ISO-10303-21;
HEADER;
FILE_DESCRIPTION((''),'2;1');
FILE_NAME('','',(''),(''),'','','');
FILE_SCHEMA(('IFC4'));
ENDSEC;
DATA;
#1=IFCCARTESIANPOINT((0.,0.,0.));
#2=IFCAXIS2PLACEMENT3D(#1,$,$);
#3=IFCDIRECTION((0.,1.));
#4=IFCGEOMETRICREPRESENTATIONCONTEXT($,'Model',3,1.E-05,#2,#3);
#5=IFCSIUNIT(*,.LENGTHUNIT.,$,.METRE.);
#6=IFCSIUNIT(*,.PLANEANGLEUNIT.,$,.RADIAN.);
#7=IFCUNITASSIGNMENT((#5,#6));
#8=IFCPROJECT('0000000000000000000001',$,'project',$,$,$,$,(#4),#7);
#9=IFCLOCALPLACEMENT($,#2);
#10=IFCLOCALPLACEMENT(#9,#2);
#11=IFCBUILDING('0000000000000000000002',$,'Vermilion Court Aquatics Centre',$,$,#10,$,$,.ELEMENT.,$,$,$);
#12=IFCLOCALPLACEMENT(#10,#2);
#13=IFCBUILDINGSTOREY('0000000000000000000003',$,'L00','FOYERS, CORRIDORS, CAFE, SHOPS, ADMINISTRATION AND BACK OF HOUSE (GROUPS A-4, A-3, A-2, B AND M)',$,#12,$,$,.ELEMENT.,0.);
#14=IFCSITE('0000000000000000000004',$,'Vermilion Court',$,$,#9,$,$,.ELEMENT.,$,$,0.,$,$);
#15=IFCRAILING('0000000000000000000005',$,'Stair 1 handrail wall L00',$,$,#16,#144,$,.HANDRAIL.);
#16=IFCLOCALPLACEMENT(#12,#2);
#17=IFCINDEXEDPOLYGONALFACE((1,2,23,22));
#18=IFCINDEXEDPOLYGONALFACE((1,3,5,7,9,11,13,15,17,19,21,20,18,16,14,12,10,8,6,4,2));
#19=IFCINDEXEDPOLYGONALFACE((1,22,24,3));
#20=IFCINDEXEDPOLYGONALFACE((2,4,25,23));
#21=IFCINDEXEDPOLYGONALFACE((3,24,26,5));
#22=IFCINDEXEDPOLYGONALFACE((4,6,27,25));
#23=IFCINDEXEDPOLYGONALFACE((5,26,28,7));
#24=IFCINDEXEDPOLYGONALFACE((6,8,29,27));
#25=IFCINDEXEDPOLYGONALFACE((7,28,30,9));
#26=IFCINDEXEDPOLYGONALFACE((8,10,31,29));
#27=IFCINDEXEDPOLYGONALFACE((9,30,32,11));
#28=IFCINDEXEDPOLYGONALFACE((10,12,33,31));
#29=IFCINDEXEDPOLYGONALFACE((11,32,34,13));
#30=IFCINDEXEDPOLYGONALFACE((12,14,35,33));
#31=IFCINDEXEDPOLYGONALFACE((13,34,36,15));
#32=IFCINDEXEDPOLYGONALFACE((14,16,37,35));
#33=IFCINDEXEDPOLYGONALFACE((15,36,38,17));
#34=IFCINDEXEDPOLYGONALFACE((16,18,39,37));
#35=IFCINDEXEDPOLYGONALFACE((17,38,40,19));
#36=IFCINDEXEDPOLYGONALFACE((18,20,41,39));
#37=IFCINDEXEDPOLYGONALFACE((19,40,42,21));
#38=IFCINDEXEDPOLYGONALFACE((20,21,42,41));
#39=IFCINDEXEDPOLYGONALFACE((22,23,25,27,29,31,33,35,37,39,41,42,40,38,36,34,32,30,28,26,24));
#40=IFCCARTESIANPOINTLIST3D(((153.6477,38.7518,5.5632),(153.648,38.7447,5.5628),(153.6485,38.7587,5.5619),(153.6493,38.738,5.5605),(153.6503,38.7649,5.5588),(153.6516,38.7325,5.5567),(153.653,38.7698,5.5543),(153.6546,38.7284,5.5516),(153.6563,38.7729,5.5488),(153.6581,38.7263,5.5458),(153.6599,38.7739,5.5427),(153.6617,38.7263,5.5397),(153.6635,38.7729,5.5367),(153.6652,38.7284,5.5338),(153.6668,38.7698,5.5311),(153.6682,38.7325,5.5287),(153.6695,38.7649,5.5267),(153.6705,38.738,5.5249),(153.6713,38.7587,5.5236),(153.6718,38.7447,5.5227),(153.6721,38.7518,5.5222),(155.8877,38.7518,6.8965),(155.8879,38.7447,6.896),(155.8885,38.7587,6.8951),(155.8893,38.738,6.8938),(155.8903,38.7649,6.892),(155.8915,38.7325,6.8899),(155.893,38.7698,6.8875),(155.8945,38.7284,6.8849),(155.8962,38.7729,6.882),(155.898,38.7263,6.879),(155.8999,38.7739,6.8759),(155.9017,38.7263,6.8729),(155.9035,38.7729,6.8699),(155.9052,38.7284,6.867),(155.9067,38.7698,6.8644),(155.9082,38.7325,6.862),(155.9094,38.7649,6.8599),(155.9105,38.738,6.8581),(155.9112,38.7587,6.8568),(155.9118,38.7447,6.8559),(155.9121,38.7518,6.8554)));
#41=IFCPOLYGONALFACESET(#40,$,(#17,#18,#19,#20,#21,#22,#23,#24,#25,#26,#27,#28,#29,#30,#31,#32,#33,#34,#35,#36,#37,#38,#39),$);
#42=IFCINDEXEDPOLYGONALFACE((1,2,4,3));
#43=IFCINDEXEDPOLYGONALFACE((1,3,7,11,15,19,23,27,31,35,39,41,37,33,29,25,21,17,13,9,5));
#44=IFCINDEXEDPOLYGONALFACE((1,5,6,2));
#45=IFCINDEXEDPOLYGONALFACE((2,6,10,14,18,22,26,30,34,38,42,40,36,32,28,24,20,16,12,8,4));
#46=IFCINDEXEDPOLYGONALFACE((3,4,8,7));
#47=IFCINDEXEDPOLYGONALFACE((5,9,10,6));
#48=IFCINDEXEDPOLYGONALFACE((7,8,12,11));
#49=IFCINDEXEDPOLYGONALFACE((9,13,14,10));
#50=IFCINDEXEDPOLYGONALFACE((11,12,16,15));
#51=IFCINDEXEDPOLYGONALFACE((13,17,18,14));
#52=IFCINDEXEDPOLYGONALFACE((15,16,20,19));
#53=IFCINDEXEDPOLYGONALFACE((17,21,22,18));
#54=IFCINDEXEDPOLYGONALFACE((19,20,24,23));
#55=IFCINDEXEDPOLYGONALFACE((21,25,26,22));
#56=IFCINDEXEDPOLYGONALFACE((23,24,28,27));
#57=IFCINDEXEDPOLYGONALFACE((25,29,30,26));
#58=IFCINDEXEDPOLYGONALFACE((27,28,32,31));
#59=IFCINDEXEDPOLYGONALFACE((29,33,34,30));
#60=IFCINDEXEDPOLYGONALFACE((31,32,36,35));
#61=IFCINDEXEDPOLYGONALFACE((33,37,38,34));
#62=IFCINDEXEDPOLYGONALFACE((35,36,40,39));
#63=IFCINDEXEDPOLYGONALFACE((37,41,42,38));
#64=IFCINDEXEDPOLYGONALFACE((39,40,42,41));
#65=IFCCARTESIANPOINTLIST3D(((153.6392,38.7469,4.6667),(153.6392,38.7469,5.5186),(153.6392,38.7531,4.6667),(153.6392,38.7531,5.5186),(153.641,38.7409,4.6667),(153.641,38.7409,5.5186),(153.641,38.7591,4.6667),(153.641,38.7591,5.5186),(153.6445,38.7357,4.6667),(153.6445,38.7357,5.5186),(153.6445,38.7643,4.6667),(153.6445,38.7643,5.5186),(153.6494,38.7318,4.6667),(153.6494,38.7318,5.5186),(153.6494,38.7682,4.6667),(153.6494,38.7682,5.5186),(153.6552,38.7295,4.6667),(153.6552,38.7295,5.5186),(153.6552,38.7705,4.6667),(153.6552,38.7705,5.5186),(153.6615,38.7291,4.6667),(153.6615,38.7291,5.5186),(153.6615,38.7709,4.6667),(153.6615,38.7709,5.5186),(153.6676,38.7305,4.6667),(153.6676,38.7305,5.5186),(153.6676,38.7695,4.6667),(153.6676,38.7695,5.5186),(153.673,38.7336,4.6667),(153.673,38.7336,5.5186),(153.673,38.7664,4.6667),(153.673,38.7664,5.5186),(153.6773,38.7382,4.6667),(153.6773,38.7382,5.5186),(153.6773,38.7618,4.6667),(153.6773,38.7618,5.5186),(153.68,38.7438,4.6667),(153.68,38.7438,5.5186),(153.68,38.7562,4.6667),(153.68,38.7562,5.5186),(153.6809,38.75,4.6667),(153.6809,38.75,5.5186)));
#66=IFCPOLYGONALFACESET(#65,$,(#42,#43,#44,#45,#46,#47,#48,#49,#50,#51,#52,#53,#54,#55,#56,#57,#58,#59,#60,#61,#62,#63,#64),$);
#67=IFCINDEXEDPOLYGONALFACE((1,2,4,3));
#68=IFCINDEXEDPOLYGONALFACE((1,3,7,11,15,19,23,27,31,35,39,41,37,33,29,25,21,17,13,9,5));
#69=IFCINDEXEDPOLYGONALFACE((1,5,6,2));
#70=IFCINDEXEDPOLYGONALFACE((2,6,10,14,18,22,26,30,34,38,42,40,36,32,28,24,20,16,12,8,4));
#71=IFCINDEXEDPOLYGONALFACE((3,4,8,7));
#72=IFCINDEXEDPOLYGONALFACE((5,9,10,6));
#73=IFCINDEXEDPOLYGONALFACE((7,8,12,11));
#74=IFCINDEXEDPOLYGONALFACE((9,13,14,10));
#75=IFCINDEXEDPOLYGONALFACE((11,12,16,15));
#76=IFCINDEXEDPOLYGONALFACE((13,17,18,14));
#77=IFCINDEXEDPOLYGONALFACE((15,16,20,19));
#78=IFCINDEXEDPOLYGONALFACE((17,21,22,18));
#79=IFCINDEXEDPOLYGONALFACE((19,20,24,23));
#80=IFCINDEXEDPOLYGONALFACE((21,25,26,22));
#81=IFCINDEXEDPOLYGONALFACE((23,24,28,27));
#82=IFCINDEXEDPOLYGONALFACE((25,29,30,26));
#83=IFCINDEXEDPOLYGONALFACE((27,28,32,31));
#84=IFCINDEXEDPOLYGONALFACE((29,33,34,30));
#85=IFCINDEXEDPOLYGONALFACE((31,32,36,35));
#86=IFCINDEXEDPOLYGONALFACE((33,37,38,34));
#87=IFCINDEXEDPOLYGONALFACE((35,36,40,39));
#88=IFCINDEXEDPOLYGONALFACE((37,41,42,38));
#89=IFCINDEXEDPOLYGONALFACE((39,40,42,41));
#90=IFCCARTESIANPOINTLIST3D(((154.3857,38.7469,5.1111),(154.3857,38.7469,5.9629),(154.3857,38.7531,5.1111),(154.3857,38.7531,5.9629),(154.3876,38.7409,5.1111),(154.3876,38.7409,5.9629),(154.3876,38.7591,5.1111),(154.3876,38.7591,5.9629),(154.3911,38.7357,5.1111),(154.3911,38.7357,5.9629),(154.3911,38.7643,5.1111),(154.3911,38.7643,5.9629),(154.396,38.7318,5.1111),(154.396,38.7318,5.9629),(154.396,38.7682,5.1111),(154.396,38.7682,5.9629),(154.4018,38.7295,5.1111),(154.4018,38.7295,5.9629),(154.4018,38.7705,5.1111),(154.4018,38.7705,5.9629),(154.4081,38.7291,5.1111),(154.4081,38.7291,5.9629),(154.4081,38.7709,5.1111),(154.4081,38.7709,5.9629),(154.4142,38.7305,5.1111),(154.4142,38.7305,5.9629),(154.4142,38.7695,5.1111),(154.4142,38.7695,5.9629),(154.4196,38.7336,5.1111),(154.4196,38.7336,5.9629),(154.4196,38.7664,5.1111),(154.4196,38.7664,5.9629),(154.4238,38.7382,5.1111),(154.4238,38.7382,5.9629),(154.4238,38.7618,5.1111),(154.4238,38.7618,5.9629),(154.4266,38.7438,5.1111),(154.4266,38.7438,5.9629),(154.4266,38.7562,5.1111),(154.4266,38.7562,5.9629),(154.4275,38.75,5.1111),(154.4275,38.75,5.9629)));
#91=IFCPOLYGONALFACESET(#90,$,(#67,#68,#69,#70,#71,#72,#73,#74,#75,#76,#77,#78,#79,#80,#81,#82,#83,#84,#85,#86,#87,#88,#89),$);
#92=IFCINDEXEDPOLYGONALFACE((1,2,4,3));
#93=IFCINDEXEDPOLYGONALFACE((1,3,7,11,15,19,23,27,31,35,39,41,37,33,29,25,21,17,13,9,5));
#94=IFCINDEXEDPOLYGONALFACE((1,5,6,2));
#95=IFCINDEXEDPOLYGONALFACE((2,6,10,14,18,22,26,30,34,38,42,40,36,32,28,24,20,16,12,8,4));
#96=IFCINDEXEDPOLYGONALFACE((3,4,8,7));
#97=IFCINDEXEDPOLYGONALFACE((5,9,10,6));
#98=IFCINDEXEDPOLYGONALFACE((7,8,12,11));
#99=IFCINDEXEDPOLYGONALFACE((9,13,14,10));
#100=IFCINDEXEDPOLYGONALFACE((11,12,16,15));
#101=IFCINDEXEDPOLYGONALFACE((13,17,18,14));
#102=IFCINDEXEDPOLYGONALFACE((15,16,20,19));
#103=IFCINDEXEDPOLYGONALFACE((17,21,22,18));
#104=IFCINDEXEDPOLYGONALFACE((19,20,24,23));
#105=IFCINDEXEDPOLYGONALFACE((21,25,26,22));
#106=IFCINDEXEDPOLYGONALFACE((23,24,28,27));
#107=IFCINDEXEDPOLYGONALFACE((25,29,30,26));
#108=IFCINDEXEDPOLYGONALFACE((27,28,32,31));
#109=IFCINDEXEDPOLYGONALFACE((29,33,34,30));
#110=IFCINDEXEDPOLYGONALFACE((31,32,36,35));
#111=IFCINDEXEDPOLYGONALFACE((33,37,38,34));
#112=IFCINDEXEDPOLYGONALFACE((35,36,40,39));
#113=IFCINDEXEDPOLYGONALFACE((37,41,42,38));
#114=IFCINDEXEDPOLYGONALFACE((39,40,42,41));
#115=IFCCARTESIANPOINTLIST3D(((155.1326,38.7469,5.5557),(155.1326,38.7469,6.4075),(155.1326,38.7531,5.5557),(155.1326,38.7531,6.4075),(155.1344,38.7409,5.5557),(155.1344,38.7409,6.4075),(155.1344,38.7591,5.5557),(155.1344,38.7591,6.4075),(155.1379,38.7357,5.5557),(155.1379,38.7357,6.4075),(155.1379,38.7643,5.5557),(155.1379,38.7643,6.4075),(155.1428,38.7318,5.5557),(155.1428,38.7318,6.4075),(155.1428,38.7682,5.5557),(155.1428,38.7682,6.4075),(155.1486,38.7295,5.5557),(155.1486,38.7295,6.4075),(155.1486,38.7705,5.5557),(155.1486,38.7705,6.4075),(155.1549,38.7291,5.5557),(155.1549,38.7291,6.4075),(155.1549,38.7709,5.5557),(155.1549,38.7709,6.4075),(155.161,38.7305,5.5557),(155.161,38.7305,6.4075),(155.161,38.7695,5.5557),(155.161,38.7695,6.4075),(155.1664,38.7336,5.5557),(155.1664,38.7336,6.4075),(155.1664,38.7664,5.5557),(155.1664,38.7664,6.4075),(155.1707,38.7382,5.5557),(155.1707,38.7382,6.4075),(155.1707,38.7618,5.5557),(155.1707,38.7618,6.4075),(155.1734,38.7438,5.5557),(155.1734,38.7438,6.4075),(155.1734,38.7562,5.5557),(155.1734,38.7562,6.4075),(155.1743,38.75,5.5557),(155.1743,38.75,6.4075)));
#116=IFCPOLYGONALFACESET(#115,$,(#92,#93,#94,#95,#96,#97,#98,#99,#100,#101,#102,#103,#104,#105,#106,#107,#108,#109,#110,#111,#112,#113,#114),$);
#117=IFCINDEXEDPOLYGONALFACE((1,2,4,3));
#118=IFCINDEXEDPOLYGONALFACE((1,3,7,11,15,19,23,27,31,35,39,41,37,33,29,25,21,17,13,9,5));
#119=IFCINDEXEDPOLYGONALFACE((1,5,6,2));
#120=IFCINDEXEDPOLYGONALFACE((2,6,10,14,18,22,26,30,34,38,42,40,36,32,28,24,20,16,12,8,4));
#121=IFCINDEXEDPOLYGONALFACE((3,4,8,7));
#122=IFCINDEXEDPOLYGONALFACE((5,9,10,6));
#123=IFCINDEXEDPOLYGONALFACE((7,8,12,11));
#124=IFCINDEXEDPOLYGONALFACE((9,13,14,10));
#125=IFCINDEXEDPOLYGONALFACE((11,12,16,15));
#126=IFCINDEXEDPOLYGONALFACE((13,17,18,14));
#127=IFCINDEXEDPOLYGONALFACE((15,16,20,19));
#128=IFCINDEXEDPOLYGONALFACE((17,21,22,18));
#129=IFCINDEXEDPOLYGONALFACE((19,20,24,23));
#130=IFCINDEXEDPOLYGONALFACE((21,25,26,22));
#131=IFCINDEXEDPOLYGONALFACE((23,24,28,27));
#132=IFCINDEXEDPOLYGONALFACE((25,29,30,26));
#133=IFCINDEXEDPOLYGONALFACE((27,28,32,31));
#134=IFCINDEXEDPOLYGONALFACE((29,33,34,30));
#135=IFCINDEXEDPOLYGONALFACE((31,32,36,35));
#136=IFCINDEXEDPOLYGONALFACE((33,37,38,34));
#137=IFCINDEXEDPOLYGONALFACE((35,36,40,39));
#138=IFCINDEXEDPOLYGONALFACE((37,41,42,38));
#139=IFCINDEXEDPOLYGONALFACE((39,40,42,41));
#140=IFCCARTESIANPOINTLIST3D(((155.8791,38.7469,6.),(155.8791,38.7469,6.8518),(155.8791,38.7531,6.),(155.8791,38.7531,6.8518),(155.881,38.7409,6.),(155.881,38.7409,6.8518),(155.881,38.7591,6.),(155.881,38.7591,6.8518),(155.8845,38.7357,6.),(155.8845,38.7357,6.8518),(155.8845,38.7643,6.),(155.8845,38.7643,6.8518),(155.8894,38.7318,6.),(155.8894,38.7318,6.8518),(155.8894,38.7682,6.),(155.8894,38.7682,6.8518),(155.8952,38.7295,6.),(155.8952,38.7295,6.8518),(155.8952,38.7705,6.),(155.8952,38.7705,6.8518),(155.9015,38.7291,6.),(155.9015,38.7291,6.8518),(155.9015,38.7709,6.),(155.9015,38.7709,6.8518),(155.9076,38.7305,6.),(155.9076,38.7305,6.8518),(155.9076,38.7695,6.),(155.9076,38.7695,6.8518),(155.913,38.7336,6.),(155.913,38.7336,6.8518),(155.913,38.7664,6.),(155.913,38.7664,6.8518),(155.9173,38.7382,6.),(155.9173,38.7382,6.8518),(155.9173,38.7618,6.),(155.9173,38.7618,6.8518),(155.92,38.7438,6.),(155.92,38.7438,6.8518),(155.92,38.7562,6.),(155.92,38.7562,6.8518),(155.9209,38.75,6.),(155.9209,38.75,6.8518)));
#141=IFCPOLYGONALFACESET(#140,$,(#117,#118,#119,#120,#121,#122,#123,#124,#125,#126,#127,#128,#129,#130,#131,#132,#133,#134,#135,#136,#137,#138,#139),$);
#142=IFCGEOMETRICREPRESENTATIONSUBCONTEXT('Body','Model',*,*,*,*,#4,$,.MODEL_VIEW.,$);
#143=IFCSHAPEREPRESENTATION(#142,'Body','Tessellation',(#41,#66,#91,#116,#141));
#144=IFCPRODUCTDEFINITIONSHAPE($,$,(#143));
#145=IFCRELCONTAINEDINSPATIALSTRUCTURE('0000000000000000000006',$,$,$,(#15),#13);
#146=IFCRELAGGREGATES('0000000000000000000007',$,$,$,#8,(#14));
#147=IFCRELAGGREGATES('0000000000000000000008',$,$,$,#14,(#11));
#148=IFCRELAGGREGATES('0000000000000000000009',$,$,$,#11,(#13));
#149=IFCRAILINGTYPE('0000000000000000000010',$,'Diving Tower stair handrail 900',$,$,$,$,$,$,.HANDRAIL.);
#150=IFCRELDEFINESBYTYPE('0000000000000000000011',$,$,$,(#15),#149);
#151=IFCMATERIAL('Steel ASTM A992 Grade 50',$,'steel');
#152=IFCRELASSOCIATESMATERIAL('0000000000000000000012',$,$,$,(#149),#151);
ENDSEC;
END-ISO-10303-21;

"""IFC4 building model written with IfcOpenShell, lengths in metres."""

from ifc_helpers import new_model, si_unit, direction, frame, origin, origin_2d, place, context, subcontext, project, spatial, circle, extrude, material, type_object, element, save


model = new_model("IFC4")

# Units and contexts
model_context = context("Model", 3, precision=1e-05, world=origin(), true_north=direction((0.0, 1.0)))
body_context = subcontext(model_context, "Body", "Model", "MODEL_VIEW")
ifc_project = project(units=[si_unit("LENGTHUNIT", "METRE"), si_unit("PLANEANGLEUNIT", "RADIAN")], contexts=[model_context])

# Site, building, storey
site_placement = place(None, origin())
site = spatial("IfcSite", under=ifc_project, at=site_placement, Name="Vermilion Court", CompositionType="ELEMENT", RefElevation=0.0)
building_placement = place(site_placement, origin())
building = spatial("IfcBuilding", under=site, at=building_placement, Name="Vermilion Court Aquatics Centre", CompositionType="ELEMENT")
storey_placement = place(building_placement, origin())
storey = spatial("IfcBuildingStorey", under=building, at=storey_placement, Name="L00", Description="FOYERS, CORRIDORS, CAFE, SHOPS, ADMINISTRATION AND BACK OF HOUSE (GROUPS A-4, A-3, A-2, B AND M)", CompositionType="ELEMENT", Elevation=0.0)

# Railing
ifc_material_1 = material(Name="Steel ASTM A992 Grade 50", Category="steel")
railing_type = type_object("IfcRailingType", Name="Diving Tower stair handrail 900", PredefinedType="HANDRAIL", material=ifc_material_1)
for number, where, name in (
    (1, (153.6599, 38.75, 4.6667), "Stair 1 handrail wall L00"),
):
    element("IfcRailing", number, at=place(storey_placement, frame(where)), inside=storey, type_object=railing_type, Name=name, PredefinedType="HANDRAIL", context=body_context, shape_type="SweptSolid", body=[
        extrude(circle(Radius=0.0239, at=origin_2d()), frame((0.0, 0.0, 0.876), z_axis=(0.859306, 0.0, 0.511462), x_axis=(0.0, 1.0, 0.0)), (0.0, 0.0, 1.0), 2.6067),
        extrude(circle(Radius=0.021, at=origin_2d()), origin(), (0.0, 0.0, 1.0), 0.8518),
        extrude(circle(Radius=0.021, at=origin_2d()), frame((0.7466, 0.0, 0.4443)), (0.0, 0.0, 1.0), 0.8518),
        extrude(circle(Radius=0.021, at=origin_2d()), frame((1.4934, 0.0, 0.8889)), (0.0, 0.0, 1.0), 0.8518),
        extrude(circle(Radius=0.021, at=origin_2d()), frame((2.24, 0.0, 1.3333)), (0.0, 0.0, 1.0), 0.8518),
    ])

save(model, "model.ifc")
